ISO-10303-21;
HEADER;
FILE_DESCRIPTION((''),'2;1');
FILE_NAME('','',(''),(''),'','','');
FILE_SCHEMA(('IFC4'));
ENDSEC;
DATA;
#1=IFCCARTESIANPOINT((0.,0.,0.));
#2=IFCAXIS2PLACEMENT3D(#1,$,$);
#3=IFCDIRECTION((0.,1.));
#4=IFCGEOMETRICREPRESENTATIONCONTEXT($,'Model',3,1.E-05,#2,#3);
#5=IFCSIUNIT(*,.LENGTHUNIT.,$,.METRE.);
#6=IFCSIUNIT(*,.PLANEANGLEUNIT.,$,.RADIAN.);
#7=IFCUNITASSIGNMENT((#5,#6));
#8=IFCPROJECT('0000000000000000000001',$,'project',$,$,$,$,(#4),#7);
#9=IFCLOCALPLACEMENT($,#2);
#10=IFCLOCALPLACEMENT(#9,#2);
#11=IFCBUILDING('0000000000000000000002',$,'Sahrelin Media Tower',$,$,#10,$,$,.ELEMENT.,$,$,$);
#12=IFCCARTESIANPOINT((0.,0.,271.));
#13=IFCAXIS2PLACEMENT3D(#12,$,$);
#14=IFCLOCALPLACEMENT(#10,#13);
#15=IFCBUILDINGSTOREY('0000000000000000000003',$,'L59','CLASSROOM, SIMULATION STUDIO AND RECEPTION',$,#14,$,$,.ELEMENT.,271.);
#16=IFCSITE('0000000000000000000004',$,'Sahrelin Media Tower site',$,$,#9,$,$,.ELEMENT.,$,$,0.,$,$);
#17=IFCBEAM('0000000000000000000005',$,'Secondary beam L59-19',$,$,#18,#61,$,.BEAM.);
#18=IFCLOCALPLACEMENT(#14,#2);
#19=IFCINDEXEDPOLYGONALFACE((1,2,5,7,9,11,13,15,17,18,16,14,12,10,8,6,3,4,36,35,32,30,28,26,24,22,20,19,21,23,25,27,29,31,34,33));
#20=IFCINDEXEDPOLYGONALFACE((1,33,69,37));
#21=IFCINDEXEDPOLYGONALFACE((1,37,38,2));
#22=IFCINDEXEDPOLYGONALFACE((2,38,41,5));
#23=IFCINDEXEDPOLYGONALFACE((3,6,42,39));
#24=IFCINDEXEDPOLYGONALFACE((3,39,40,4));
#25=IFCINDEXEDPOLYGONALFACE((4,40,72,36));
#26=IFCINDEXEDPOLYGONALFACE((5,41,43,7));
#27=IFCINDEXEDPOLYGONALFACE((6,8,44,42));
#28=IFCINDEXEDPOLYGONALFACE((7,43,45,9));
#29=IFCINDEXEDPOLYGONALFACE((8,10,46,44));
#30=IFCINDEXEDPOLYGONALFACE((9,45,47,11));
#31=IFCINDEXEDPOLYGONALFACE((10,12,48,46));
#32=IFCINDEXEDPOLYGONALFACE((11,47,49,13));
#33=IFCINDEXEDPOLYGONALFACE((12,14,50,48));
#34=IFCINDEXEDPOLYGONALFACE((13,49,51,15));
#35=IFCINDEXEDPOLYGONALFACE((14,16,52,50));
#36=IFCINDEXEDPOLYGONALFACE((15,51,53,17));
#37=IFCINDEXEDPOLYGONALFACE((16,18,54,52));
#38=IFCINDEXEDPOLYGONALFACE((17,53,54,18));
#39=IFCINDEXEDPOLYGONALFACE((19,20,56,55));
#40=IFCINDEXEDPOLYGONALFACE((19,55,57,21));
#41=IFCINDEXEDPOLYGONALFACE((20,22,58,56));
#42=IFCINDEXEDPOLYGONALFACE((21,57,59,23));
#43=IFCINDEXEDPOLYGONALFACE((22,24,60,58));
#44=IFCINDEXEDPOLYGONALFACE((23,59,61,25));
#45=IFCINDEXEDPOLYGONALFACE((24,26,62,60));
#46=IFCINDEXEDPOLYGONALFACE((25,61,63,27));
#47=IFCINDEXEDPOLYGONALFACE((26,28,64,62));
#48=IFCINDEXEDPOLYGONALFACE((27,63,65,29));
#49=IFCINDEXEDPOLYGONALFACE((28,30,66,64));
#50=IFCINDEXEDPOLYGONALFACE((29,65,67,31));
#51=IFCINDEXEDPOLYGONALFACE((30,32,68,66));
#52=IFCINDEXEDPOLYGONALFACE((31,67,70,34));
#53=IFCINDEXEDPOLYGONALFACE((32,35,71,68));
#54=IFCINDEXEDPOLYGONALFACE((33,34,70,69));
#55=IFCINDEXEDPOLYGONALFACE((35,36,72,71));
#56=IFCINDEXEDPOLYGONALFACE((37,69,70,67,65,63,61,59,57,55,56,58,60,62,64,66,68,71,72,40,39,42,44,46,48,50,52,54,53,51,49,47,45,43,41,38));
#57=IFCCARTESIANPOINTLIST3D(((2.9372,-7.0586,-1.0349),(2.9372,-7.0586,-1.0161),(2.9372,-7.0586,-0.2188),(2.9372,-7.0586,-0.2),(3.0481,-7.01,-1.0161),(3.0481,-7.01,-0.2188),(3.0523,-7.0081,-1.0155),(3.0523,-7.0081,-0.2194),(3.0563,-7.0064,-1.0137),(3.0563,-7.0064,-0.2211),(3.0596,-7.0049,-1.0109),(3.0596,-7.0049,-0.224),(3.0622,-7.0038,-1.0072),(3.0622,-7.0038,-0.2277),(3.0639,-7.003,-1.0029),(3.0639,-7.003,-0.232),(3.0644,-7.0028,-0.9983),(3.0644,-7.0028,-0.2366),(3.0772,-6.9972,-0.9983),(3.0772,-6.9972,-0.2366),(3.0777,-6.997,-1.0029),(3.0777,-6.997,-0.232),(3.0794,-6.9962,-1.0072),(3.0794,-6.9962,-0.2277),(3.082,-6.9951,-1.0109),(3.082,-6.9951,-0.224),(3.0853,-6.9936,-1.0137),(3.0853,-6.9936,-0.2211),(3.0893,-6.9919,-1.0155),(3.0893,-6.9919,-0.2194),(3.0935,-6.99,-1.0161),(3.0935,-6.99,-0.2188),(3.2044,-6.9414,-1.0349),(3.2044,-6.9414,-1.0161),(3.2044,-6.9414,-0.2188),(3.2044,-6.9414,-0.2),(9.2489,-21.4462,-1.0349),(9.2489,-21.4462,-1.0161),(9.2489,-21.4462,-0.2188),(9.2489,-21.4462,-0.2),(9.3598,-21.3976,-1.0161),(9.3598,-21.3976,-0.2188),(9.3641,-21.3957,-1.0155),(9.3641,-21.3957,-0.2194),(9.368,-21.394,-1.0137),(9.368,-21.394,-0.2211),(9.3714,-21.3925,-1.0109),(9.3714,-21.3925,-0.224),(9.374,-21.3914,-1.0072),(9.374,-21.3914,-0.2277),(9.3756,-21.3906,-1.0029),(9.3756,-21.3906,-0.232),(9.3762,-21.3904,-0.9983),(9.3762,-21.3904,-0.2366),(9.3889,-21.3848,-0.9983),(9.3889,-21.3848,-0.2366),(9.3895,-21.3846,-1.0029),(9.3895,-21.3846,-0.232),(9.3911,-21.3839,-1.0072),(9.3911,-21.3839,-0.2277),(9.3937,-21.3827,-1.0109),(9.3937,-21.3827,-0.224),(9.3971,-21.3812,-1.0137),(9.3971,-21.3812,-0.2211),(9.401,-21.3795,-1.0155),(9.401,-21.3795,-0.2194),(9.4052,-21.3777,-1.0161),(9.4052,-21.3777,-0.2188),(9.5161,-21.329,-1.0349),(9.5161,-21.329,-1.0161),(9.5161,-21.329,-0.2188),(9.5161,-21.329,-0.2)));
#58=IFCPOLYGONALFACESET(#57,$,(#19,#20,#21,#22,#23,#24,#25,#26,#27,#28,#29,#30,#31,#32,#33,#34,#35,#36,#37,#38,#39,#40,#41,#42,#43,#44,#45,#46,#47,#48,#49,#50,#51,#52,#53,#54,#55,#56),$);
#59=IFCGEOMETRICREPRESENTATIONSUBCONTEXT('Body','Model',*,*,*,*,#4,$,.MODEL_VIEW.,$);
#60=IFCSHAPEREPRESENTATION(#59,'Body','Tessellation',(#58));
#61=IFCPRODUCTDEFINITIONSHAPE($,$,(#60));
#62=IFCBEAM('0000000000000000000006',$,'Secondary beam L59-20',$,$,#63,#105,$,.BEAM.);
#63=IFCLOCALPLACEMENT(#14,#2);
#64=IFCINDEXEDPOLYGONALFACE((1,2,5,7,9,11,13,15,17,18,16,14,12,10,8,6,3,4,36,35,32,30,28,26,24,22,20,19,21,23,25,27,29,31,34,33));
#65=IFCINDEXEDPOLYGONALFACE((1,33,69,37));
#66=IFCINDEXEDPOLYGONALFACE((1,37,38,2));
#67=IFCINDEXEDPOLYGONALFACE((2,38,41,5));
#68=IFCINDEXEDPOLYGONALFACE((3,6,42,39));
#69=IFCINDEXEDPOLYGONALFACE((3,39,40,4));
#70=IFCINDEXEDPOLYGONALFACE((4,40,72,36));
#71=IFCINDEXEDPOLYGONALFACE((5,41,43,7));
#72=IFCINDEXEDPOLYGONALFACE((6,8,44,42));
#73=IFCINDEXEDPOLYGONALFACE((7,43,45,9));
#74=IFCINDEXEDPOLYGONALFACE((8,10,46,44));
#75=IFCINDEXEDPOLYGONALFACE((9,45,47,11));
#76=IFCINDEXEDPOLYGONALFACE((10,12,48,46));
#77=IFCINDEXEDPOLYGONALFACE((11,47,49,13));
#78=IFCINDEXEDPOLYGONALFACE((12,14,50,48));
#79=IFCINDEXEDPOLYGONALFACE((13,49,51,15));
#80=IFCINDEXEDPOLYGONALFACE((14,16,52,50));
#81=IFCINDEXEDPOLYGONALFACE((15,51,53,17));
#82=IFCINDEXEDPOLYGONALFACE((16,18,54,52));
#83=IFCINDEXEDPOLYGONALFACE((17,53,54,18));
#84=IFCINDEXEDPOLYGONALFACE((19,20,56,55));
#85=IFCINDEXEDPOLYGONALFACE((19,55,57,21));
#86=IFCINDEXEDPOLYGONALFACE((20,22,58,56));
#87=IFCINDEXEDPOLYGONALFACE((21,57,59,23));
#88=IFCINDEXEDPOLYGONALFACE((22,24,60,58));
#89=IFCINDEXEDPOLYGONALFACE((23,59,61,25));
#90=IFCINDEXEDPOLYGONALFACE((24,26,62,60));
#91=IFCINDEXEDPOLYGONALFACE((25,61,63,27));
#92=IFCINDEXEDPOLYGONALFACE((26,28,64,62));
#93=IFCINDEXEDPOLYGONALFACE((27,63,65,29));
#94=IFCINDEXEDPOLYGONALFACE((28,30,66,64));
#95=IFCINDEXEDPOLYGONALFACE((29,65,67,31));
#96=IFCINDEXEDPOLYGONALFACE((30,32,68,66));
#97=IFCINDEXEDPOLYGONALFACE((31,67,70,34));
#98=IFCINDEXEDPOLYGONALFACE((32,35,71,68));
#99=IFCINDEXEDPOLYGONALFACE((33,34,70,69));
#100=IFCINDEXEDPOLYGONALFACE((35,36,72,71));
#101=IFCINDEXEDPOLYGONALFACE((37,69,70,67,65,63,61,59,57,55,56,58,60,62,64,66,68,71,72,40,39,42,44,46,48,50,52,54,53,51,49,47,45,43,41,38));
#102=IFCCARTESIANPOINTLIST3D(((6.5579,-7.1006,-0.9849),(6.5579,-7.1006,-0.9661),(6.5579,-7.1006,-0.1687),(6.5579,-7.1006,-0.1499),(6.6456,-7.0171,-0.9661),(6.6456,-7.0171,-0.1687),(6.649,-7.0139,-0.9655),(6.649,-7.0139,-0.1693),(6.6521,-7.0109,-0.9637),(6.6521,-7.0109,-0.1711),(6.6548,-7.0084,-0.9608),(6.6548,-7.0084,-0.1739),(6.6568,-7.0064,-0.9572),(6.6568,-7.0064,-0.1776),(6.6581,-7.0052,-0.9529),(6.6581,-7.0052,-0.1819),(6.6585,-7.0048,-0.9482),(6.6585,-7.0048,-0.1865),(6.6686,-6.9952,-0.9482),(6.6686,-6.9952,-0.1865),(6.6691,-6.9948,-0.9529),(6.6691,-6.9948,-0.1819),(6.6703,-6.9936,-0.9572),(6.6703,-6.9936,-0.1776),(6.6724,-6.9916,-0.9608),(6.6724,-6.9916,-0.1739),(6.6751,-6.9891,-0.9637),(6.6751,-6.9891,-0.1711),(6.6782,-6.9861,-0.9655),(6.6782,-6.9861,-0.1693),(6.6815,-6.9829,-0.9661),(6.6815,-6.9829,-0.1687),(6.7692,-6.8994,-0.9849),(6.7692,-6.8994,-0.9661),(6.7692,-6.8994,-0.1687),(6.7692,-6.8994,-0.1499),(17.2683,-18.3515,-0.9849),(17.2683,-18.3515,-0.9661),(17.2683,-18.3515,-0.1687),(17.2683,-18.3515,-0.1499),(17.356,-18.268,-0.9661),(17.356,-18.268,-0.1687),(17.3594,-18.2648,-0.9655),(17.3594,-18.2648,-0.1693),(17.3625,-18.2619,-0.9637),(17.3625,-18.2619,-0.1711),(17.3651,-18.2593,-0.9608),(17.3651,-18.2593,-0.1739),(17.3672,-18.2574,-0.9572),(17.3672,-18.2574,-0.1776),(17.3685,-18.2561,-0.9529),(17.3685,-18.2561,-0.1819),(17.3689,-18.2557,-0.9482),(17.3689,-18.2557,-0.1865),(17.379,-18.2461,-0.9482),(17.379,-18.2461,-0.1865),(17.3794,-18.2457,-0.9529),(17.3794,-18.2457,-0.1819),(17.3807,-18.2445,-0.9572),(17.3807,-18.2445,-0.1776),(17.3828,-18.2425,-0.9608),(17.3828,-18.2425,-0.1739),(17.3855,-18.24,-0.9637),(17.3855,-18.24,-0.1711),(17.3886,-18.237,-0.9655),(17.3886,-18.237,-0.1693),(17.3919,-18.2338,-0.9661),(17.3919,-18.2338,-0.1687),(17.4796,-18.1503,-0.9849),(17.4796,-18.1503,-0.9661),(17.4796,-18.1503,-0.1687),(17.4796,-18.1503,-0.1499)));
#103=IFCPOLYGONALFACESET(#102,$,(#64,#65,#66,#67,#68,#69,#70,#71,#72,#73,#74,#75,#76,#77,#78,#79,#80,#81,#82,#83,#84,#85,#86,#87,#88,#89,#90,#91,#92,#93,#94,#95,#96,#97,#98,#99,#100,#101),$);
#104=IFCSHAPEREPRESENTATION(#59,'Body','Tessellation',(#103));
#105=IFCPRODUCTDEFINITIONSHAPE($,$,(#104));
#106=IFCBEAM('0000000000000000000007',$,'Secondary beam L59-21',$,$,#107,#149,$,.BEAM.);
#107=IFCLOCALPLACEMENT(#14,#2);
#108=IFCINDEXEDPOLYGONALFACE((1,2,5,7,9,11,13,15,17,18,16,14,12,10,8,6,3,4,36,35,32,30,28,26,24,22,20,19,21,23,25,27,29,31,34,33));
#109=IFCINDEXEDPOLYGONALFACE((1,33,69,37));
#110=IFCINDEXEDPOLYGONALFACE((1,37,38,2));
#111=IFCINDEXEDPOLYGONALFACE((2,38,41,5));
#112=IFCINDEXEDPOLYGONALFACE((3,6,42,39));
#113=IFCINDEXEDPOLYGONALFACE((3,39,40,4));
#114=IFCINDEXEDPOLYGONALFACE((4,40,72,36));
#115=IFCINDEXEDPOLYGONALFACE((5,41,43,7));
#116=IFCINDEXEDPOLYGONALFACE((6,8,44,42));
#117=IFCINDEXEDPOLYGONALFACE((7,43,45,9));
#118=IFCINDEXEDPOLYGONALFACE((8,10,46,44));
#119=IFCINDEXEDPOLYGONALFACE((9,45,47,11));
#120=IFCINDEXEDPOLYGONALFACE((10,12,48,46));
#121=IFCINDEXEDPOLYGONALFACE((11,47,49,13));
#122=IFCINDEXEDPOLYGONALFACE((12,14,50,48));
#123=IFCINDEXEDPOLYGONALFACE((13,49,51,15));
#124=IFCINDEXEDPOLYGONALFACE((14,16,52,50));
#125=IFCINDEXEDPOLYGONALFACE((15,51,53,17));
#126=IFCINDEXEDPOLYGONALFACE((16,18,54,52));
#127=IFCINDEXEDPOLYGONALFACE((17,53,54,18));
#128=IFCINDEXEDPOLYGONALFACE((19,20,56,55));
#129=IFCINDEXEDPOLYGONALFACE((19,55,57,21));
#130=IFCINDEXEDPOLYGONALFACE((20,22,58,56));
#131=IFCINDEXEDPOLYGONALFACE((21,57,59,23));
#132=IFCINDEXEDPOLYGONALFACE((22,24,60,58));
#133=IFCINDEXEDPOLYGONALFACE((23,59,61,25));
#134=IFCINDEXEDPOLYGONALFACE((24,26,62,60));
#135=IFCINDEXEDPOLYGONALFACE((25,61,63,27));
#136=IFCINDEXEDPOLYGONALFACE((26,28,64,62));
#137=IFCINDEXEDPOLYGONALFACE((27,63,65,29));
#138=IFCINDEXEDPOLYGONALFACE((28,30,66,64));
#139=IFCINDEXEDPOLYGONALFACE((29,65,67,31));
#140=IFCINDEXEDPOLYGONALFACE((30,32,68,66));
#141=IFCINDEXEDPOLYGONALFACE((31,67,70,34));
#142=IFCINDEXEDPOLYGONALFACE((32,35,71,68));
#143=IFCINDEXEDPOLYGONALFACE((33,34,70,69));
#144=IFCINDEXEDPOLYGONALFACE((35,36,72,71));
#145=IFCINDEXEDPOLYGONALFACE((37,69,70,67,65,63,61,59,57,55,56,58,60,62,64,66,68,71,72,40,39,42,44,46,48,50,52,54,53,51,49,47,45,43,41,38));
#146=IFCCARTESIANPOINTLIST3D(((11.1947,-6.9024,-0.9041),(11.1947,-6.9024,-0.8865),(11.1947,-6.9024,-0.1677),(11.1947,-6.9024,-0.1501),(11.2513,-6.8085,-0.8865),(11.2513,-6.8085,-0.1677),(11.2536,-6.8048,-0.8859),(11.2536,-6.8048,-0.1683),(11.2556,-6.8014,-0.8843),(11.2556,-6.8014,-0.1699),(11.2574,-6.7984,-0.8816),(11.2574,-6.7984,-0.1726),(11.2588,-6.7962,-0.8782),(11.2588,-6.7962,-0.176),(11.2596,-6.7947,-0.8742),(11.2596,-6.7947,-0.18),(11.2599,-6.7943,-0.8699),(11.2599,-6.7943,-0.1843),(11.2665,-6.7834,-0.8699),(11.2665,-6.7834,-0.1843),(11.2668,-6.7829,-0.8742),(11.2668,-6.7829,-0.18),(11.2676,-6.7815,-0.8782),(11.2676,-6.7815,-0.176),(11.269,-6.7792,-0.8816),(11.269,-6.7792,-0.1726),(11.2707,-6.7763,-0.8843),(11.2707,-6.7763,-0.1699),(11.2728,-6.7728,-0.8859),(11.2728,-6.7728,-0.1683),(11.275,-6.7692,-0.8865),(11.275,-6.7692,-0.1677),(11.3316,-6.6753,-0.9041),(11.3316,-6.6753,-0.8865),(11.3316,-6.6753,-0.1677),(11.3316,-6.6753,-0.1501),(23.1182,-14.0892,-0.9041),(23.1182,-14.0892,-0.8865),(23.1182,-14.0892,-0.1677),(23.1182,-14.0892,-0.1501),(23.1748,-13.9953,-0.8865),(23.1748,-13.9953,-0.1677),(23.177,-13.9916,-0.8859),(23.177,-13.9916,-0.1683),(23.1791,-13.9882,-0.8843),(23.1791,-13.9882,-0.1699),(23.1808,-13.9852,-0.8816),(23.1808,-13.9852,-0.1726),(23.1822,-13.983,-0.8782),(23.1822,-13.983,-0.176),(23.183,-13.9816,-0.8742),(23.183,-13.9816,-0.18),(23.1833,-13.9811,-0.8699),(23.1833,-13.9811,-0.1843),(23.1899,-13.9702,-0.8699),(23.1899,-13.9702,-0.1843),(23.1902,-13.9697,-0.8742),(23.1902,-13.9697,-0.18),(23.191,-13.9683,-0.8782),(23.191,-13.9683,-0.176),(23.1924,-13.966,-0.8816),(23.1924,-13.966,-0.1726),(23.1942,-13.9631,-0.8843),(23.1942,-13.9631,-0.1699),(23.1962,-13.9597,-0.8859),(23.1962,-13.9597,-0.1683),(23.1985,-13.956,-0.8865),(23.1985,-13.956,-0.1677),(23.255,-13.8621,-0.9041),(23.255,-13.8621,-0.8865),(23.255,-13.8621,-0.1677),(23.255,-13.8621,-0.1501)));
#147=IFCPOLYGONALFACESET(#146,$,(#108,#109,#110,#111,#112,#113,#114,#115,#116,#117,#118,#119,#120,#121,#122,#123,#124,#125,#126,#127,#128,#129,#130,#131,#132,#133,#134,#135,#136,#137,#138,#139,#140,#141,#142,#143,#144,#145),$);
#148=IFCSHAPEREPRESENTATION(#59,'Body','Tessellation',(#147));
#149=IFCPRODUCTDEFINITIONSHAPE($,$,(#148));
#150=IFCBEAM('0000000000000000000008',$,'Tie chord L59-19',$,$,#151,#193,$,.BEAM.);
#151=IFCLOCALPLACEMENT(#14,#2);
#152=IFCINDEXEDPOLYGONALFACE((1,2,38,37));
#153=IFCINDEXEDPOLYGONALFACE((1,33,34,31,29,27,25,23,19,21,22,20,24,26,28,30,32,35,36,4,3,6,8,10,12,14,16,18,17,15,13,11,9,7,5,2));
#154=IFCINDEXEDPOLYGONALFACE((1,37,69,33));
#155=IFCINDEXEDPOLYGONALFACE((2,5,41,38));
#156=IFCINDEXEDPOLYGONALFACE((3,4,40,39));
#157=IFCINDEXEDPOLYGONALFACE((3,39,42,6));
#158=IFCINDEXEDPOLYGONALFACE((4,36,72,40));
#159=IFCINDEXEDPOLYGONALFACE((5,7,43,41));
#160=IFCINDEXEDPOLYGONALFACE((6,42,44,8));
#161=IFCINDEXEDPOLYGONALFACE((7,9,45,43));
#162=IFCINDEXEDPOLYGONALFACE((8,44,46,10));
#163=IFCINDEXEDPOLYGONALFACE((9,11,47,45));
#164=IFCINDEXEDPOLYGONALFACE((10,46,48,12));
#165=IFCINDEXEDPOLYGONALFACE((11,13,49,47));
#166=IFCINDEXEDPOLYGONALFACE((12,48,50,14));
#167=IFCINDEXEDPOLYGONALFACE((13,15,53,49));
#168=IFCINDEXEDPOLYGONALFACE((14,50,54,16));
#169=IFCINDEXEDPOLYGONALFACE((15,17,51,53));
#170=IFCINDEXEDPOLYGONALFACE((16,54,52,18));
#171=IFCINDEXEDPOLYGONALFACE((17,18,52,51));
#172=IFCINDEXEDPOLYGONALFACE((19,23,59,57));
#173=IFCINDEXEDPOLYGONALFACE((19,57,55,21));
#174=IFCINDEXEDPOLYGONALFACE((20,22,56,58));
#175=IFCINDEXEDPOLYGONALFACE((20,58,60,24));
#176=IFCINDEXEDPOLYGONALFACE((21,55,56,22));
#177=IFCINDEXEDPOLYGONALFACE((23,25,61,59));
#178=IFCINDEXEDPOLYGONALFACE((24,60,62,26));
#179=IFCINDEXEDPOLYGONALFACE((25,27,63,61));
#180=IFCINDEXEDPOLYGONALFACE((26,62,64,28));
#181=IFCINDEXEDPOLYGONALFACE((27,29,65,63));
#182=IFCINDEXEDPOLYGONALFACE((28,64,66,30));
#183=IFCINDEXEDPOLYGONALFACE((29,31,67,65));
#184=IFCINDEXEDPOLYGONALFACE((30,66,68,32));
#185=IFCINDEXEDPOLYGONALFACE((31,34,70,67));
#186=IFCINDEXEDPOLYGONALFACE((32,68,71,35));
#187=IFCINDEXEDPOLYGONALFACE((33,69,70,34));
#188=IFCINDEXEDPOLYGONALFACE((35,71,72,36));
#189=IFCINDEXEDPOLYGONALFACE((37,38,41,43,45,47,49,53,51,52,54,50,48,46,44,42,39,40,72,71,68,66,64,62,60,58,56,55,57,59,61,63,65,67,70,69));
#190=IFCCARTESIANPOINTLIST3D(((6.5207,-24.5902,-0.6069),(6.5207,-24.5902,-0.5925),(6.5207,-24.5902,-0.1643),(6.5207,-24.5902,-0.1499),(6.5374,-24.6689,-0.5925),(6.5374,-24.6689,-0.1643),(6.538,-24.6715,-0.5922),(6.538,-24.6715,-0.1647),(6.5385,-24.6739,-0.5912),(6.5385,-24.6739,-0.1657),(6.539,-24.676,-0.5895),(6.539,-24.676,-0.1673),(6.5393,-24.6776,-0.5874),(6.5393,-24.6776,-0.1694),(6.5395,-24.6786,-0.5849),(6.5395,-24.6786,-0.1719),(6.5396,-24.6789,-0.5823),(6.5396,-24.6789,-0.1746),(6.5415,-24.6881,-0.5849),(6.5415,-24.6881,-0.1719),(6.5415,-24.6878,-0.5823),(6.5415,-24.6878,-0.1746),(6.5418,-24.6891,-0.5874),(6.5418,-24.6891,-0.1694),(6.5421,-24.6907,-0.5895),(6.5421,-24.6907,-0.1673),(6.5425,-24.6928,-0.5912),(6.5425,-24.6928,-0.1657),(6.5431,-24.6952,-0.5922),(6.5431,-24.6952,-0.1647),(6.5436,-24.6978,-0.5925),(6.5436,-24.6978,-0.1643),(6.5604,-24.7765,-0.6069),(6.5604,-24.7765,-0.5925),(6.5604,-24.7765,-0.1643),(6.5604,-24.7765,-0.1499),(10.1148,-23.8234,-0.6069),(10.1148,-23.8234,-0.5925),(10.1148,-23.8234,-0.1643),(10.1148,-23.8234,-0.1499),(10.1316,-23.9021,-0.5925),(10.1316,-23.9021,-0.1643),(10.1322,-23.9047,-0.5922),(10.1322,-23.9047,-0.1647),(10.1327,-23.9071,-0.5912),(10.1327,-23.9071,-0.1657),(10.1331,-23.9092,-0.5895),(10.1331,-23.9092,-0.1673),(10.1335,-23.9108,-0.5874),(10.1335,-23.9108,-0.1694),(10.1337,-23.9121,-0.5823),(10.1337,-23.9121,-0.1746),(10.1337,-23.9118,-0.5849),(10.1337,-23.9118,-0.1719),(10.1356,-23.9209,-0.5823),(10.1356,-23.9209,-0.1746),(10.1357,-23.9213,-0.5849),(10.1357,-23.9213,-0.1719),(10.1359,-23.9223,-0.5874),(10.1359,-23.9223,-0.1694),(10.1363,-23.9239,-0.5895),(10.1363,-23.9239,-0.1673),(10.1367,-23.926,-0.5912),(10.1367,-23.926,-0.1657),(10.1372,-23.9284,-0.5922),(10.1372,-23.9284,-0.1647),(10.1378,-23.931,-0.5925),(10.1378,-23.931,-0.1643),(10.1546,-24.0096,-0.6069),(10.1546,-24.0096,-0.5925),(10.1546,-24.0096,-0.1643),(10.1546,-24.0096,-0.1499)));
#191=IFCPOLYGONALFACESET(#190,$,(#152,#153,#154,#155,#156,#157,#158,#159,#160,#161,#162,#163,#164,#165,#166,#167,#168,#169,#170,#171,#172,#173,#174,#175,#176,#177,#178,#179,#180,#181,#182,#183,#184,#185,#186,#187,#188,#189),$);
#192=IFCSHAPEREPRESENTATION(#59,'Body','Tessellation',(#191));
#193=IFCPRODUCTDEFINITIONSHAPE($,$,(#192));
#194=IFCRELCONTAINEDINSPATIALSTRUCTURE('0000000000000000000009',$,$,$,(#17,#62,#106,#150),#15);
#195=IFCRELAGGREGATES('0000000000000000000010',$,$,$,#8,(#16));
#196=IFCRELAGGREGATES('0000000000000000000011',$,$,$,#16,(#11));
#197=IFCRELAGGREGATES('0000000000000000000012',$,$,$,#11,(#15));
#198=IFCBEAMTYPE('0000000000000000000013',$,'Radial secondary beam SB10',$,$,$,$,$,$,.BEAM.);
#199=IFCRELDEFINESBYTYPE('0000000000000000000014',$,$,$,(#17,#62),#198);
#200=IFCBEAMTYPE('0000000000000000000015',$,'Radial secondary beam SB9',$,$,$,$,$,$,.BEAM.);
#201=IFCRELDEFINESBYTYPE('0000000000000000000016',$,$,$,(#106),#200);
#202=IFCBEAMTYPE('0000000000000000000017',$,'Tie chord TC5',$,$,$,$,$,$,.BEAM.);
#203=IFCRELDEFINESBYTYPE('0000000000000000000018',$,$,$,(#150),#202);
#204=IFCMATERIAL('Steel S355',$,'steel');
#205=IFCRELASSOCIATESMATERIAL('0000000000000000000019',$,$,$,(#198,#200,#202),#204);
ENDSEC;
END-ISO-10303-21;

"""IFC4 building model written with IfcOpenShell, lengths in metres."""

from ifc_helpers import new_model, si_unit, direction, frame, origin, origin_2d, place, context, subcontext, project, spatial, i_section, extrude, material, material_profile, profile_set, type_object, element, save


model = new_model("IFC4")

# Units and contexts
model_context = context("Model", 3, precision=1e-05, world=origin(), true_north=direction((0.0, 1.0)))
body_context = subcontext(model_context, "Body", "Model", "MODEL_VIEW")
ifc_project = project(units=[si_unit("LENGTHUNIT", "METRE"), si_unit("PLANEANGLEUNIT", "RADIAN")], contexts=[model_context])

# Site, building, storey
site_placement = place(None, origin())
site = spatial("IfcSite", under=ifc_project, at=site_placement, Name="Sahrelin Media Tower site", CompositionType="ELEMENT", RefElevation=0.0)
building_placement = place(site_placement, origin())
building = spatial("IfcBuilding", under=site, at=building_placement, Name="Sahrelin Media Tower", CompositionType="ELEMENT")
storey_placement = place(building_placement, frame((0.0, 0.0, 271.0)))
storey = spatial("IfcBuildingStorey", under=building, at=storey_placement, Name="L59", Description="CLASSROOM, SIMULATION STUDIO AND RECEPTION", CompositionType="ELEMENT", Elevation=271.0)

# Beams
ifc_material_1 = material(Name="Steel S355", Category="steel")
ifc_material_profile_1 = material_profile(ifc_material_1, i_section(OverallWidth=0.2917, OverallDepth=0.835, WebThickness=0.0139, FlangeThickness=0.0188, FilletRadius=0.0178, at=origin_2d()), Name="UB 838x292x176")
ifc_profile_set_1 = profile_set([ifc_material_profile_1], Name="Steel S355")
beam_type_1 = type_object("IfcBeamType", Name="Radial secondary beam SB10", PredefinedType="BEAM", material=ifc_profile_set_1)
beam_1_placement = place(storey_placement, frame((3.0708, -7.0, -0.6174), z_axis=(0.401735, -0.915756, 0.0), x_axis=(0.915756, 0.401735, 0.0)))
element("IfcBeam", 1, at=beam_1_placement, inside=storey, type_object=beam_type_1, Name="Secondary beam L59-19", PredefinedType="BEAM", context=body_context, shape_type="SweptSolid", body=[
    extrude(i_section(OverallWidth=0.2917, OverallDepth=0.835, WebThickness=0.0139, FlangeThickness=0.0188, FilletRadius=0.0178, at=origin_2d()), origin(), (0.0, 0.0, 1.0), 15.7112),
])
beam_2_placement = place(storey_placement, frame((6.6636, -7.0, -0.5674), z_axis=(0.689494, -0.724291, 0.0), x_axis=(0.724291, 0.689494, 0.0)))
element("IfcBeam", 2, at=beam_2_placement, inside=storey, type_object=beam_type_1, Name="Secondary beam L59-20", PredefinedType="BEAM", context=body_context, shape_type="SweptSolid", body=[
    extrude(i_section(OverallWidth=0.2917, OverallDepth=0.835, WebThickness=0.0139, FlangeThickness=0.0188, FilletRadius=0.0178, at=origin_2d()), origin(), (0.0, 0.0, 1.0), 15.5337),
])
ifc_material_profile_2 = material_profile(ifc_material_1, i_section(OverallWidth=0.2651, OverallDepth=0.7539, WebThickness=0.0127, FlangeThickness=0.0176, FilletRadius=0.0166, at=origin_2d()), Name="UB 762x267x147")
ifc_profile_set_2 = profile_set([ifc_material_profile_2], Name="Steel S355")
beam_type_2 = type_object("IfcBeamType", Name="Radial secondary beam SB9", PredefinedType="BEAM", material=ifc_profile_set_2)
beam_3_placement = place(storey_placement, frame((11.2632, -6.7888, -0.5271), z_axis=(0.856453, -0.516225, 0.0), x_axis=(0.516225, 0.856453, 0.0)))
element("IfcBeam", 3, at=beam_3_placement, inside=storey, type_object=beam_type_2, Name="Secondary beam L59-21", PredefinedType="BEAM", context=body_context, shape_type="SweptSolid", body=[
    extrude(i_section(OverallWidth=0.2651, OverallDepth=0.7539, WebThickness=0.0127, FlangeThickness=0.0176, FilletRadius=0.0166, at=origin_2d()), origin(), (0.0, 0.0, 1.0), 13.9219),
])
ifc_material_profile_3 = material_profile(ifc_material_1, i_section(OverallWidth=0.1904, OverallDepth=0.457, WebThickness=0.009, FlangeThickness=0.0144, FilletRadius=0.0103, at=origin_2d()), Name="UB 457x191x74")
ifc_profile_set_3 = profile_set([ifc_material_profile_3], Name="Steel S355")
beam_type_3 = type_object("IfcBeamType", Name="Tie chord TC5", PredefinedType="BEAM", material=ifc_profile_set_3)
beam_4_placement = place(storey_placement, frame((6.5405, -24.6833, -0.3784), z_axis=(0.977989, 0.208658, 0.0), x_axis=(-0.208658, 0.977989, 0.0)))
element("IfcBeam", 4, at=beam_4_placement, inside=storey, type_object=beam_type_3, Name="Tie chord L59-19", PredefinedType="BEAM", context=body_context, shape_type="SweptSolid", body=[
    extrude(i_section(OverallWidth=0.1904, OverallDepth=0.457, WebThickness=0.009, FlangeThickness=0.0144, FilletRadius=0.0103, at=origin_2d()), origin(), (0.0, 0.0, 1.0), 3.675),
])

save(model, "model.ifc")
